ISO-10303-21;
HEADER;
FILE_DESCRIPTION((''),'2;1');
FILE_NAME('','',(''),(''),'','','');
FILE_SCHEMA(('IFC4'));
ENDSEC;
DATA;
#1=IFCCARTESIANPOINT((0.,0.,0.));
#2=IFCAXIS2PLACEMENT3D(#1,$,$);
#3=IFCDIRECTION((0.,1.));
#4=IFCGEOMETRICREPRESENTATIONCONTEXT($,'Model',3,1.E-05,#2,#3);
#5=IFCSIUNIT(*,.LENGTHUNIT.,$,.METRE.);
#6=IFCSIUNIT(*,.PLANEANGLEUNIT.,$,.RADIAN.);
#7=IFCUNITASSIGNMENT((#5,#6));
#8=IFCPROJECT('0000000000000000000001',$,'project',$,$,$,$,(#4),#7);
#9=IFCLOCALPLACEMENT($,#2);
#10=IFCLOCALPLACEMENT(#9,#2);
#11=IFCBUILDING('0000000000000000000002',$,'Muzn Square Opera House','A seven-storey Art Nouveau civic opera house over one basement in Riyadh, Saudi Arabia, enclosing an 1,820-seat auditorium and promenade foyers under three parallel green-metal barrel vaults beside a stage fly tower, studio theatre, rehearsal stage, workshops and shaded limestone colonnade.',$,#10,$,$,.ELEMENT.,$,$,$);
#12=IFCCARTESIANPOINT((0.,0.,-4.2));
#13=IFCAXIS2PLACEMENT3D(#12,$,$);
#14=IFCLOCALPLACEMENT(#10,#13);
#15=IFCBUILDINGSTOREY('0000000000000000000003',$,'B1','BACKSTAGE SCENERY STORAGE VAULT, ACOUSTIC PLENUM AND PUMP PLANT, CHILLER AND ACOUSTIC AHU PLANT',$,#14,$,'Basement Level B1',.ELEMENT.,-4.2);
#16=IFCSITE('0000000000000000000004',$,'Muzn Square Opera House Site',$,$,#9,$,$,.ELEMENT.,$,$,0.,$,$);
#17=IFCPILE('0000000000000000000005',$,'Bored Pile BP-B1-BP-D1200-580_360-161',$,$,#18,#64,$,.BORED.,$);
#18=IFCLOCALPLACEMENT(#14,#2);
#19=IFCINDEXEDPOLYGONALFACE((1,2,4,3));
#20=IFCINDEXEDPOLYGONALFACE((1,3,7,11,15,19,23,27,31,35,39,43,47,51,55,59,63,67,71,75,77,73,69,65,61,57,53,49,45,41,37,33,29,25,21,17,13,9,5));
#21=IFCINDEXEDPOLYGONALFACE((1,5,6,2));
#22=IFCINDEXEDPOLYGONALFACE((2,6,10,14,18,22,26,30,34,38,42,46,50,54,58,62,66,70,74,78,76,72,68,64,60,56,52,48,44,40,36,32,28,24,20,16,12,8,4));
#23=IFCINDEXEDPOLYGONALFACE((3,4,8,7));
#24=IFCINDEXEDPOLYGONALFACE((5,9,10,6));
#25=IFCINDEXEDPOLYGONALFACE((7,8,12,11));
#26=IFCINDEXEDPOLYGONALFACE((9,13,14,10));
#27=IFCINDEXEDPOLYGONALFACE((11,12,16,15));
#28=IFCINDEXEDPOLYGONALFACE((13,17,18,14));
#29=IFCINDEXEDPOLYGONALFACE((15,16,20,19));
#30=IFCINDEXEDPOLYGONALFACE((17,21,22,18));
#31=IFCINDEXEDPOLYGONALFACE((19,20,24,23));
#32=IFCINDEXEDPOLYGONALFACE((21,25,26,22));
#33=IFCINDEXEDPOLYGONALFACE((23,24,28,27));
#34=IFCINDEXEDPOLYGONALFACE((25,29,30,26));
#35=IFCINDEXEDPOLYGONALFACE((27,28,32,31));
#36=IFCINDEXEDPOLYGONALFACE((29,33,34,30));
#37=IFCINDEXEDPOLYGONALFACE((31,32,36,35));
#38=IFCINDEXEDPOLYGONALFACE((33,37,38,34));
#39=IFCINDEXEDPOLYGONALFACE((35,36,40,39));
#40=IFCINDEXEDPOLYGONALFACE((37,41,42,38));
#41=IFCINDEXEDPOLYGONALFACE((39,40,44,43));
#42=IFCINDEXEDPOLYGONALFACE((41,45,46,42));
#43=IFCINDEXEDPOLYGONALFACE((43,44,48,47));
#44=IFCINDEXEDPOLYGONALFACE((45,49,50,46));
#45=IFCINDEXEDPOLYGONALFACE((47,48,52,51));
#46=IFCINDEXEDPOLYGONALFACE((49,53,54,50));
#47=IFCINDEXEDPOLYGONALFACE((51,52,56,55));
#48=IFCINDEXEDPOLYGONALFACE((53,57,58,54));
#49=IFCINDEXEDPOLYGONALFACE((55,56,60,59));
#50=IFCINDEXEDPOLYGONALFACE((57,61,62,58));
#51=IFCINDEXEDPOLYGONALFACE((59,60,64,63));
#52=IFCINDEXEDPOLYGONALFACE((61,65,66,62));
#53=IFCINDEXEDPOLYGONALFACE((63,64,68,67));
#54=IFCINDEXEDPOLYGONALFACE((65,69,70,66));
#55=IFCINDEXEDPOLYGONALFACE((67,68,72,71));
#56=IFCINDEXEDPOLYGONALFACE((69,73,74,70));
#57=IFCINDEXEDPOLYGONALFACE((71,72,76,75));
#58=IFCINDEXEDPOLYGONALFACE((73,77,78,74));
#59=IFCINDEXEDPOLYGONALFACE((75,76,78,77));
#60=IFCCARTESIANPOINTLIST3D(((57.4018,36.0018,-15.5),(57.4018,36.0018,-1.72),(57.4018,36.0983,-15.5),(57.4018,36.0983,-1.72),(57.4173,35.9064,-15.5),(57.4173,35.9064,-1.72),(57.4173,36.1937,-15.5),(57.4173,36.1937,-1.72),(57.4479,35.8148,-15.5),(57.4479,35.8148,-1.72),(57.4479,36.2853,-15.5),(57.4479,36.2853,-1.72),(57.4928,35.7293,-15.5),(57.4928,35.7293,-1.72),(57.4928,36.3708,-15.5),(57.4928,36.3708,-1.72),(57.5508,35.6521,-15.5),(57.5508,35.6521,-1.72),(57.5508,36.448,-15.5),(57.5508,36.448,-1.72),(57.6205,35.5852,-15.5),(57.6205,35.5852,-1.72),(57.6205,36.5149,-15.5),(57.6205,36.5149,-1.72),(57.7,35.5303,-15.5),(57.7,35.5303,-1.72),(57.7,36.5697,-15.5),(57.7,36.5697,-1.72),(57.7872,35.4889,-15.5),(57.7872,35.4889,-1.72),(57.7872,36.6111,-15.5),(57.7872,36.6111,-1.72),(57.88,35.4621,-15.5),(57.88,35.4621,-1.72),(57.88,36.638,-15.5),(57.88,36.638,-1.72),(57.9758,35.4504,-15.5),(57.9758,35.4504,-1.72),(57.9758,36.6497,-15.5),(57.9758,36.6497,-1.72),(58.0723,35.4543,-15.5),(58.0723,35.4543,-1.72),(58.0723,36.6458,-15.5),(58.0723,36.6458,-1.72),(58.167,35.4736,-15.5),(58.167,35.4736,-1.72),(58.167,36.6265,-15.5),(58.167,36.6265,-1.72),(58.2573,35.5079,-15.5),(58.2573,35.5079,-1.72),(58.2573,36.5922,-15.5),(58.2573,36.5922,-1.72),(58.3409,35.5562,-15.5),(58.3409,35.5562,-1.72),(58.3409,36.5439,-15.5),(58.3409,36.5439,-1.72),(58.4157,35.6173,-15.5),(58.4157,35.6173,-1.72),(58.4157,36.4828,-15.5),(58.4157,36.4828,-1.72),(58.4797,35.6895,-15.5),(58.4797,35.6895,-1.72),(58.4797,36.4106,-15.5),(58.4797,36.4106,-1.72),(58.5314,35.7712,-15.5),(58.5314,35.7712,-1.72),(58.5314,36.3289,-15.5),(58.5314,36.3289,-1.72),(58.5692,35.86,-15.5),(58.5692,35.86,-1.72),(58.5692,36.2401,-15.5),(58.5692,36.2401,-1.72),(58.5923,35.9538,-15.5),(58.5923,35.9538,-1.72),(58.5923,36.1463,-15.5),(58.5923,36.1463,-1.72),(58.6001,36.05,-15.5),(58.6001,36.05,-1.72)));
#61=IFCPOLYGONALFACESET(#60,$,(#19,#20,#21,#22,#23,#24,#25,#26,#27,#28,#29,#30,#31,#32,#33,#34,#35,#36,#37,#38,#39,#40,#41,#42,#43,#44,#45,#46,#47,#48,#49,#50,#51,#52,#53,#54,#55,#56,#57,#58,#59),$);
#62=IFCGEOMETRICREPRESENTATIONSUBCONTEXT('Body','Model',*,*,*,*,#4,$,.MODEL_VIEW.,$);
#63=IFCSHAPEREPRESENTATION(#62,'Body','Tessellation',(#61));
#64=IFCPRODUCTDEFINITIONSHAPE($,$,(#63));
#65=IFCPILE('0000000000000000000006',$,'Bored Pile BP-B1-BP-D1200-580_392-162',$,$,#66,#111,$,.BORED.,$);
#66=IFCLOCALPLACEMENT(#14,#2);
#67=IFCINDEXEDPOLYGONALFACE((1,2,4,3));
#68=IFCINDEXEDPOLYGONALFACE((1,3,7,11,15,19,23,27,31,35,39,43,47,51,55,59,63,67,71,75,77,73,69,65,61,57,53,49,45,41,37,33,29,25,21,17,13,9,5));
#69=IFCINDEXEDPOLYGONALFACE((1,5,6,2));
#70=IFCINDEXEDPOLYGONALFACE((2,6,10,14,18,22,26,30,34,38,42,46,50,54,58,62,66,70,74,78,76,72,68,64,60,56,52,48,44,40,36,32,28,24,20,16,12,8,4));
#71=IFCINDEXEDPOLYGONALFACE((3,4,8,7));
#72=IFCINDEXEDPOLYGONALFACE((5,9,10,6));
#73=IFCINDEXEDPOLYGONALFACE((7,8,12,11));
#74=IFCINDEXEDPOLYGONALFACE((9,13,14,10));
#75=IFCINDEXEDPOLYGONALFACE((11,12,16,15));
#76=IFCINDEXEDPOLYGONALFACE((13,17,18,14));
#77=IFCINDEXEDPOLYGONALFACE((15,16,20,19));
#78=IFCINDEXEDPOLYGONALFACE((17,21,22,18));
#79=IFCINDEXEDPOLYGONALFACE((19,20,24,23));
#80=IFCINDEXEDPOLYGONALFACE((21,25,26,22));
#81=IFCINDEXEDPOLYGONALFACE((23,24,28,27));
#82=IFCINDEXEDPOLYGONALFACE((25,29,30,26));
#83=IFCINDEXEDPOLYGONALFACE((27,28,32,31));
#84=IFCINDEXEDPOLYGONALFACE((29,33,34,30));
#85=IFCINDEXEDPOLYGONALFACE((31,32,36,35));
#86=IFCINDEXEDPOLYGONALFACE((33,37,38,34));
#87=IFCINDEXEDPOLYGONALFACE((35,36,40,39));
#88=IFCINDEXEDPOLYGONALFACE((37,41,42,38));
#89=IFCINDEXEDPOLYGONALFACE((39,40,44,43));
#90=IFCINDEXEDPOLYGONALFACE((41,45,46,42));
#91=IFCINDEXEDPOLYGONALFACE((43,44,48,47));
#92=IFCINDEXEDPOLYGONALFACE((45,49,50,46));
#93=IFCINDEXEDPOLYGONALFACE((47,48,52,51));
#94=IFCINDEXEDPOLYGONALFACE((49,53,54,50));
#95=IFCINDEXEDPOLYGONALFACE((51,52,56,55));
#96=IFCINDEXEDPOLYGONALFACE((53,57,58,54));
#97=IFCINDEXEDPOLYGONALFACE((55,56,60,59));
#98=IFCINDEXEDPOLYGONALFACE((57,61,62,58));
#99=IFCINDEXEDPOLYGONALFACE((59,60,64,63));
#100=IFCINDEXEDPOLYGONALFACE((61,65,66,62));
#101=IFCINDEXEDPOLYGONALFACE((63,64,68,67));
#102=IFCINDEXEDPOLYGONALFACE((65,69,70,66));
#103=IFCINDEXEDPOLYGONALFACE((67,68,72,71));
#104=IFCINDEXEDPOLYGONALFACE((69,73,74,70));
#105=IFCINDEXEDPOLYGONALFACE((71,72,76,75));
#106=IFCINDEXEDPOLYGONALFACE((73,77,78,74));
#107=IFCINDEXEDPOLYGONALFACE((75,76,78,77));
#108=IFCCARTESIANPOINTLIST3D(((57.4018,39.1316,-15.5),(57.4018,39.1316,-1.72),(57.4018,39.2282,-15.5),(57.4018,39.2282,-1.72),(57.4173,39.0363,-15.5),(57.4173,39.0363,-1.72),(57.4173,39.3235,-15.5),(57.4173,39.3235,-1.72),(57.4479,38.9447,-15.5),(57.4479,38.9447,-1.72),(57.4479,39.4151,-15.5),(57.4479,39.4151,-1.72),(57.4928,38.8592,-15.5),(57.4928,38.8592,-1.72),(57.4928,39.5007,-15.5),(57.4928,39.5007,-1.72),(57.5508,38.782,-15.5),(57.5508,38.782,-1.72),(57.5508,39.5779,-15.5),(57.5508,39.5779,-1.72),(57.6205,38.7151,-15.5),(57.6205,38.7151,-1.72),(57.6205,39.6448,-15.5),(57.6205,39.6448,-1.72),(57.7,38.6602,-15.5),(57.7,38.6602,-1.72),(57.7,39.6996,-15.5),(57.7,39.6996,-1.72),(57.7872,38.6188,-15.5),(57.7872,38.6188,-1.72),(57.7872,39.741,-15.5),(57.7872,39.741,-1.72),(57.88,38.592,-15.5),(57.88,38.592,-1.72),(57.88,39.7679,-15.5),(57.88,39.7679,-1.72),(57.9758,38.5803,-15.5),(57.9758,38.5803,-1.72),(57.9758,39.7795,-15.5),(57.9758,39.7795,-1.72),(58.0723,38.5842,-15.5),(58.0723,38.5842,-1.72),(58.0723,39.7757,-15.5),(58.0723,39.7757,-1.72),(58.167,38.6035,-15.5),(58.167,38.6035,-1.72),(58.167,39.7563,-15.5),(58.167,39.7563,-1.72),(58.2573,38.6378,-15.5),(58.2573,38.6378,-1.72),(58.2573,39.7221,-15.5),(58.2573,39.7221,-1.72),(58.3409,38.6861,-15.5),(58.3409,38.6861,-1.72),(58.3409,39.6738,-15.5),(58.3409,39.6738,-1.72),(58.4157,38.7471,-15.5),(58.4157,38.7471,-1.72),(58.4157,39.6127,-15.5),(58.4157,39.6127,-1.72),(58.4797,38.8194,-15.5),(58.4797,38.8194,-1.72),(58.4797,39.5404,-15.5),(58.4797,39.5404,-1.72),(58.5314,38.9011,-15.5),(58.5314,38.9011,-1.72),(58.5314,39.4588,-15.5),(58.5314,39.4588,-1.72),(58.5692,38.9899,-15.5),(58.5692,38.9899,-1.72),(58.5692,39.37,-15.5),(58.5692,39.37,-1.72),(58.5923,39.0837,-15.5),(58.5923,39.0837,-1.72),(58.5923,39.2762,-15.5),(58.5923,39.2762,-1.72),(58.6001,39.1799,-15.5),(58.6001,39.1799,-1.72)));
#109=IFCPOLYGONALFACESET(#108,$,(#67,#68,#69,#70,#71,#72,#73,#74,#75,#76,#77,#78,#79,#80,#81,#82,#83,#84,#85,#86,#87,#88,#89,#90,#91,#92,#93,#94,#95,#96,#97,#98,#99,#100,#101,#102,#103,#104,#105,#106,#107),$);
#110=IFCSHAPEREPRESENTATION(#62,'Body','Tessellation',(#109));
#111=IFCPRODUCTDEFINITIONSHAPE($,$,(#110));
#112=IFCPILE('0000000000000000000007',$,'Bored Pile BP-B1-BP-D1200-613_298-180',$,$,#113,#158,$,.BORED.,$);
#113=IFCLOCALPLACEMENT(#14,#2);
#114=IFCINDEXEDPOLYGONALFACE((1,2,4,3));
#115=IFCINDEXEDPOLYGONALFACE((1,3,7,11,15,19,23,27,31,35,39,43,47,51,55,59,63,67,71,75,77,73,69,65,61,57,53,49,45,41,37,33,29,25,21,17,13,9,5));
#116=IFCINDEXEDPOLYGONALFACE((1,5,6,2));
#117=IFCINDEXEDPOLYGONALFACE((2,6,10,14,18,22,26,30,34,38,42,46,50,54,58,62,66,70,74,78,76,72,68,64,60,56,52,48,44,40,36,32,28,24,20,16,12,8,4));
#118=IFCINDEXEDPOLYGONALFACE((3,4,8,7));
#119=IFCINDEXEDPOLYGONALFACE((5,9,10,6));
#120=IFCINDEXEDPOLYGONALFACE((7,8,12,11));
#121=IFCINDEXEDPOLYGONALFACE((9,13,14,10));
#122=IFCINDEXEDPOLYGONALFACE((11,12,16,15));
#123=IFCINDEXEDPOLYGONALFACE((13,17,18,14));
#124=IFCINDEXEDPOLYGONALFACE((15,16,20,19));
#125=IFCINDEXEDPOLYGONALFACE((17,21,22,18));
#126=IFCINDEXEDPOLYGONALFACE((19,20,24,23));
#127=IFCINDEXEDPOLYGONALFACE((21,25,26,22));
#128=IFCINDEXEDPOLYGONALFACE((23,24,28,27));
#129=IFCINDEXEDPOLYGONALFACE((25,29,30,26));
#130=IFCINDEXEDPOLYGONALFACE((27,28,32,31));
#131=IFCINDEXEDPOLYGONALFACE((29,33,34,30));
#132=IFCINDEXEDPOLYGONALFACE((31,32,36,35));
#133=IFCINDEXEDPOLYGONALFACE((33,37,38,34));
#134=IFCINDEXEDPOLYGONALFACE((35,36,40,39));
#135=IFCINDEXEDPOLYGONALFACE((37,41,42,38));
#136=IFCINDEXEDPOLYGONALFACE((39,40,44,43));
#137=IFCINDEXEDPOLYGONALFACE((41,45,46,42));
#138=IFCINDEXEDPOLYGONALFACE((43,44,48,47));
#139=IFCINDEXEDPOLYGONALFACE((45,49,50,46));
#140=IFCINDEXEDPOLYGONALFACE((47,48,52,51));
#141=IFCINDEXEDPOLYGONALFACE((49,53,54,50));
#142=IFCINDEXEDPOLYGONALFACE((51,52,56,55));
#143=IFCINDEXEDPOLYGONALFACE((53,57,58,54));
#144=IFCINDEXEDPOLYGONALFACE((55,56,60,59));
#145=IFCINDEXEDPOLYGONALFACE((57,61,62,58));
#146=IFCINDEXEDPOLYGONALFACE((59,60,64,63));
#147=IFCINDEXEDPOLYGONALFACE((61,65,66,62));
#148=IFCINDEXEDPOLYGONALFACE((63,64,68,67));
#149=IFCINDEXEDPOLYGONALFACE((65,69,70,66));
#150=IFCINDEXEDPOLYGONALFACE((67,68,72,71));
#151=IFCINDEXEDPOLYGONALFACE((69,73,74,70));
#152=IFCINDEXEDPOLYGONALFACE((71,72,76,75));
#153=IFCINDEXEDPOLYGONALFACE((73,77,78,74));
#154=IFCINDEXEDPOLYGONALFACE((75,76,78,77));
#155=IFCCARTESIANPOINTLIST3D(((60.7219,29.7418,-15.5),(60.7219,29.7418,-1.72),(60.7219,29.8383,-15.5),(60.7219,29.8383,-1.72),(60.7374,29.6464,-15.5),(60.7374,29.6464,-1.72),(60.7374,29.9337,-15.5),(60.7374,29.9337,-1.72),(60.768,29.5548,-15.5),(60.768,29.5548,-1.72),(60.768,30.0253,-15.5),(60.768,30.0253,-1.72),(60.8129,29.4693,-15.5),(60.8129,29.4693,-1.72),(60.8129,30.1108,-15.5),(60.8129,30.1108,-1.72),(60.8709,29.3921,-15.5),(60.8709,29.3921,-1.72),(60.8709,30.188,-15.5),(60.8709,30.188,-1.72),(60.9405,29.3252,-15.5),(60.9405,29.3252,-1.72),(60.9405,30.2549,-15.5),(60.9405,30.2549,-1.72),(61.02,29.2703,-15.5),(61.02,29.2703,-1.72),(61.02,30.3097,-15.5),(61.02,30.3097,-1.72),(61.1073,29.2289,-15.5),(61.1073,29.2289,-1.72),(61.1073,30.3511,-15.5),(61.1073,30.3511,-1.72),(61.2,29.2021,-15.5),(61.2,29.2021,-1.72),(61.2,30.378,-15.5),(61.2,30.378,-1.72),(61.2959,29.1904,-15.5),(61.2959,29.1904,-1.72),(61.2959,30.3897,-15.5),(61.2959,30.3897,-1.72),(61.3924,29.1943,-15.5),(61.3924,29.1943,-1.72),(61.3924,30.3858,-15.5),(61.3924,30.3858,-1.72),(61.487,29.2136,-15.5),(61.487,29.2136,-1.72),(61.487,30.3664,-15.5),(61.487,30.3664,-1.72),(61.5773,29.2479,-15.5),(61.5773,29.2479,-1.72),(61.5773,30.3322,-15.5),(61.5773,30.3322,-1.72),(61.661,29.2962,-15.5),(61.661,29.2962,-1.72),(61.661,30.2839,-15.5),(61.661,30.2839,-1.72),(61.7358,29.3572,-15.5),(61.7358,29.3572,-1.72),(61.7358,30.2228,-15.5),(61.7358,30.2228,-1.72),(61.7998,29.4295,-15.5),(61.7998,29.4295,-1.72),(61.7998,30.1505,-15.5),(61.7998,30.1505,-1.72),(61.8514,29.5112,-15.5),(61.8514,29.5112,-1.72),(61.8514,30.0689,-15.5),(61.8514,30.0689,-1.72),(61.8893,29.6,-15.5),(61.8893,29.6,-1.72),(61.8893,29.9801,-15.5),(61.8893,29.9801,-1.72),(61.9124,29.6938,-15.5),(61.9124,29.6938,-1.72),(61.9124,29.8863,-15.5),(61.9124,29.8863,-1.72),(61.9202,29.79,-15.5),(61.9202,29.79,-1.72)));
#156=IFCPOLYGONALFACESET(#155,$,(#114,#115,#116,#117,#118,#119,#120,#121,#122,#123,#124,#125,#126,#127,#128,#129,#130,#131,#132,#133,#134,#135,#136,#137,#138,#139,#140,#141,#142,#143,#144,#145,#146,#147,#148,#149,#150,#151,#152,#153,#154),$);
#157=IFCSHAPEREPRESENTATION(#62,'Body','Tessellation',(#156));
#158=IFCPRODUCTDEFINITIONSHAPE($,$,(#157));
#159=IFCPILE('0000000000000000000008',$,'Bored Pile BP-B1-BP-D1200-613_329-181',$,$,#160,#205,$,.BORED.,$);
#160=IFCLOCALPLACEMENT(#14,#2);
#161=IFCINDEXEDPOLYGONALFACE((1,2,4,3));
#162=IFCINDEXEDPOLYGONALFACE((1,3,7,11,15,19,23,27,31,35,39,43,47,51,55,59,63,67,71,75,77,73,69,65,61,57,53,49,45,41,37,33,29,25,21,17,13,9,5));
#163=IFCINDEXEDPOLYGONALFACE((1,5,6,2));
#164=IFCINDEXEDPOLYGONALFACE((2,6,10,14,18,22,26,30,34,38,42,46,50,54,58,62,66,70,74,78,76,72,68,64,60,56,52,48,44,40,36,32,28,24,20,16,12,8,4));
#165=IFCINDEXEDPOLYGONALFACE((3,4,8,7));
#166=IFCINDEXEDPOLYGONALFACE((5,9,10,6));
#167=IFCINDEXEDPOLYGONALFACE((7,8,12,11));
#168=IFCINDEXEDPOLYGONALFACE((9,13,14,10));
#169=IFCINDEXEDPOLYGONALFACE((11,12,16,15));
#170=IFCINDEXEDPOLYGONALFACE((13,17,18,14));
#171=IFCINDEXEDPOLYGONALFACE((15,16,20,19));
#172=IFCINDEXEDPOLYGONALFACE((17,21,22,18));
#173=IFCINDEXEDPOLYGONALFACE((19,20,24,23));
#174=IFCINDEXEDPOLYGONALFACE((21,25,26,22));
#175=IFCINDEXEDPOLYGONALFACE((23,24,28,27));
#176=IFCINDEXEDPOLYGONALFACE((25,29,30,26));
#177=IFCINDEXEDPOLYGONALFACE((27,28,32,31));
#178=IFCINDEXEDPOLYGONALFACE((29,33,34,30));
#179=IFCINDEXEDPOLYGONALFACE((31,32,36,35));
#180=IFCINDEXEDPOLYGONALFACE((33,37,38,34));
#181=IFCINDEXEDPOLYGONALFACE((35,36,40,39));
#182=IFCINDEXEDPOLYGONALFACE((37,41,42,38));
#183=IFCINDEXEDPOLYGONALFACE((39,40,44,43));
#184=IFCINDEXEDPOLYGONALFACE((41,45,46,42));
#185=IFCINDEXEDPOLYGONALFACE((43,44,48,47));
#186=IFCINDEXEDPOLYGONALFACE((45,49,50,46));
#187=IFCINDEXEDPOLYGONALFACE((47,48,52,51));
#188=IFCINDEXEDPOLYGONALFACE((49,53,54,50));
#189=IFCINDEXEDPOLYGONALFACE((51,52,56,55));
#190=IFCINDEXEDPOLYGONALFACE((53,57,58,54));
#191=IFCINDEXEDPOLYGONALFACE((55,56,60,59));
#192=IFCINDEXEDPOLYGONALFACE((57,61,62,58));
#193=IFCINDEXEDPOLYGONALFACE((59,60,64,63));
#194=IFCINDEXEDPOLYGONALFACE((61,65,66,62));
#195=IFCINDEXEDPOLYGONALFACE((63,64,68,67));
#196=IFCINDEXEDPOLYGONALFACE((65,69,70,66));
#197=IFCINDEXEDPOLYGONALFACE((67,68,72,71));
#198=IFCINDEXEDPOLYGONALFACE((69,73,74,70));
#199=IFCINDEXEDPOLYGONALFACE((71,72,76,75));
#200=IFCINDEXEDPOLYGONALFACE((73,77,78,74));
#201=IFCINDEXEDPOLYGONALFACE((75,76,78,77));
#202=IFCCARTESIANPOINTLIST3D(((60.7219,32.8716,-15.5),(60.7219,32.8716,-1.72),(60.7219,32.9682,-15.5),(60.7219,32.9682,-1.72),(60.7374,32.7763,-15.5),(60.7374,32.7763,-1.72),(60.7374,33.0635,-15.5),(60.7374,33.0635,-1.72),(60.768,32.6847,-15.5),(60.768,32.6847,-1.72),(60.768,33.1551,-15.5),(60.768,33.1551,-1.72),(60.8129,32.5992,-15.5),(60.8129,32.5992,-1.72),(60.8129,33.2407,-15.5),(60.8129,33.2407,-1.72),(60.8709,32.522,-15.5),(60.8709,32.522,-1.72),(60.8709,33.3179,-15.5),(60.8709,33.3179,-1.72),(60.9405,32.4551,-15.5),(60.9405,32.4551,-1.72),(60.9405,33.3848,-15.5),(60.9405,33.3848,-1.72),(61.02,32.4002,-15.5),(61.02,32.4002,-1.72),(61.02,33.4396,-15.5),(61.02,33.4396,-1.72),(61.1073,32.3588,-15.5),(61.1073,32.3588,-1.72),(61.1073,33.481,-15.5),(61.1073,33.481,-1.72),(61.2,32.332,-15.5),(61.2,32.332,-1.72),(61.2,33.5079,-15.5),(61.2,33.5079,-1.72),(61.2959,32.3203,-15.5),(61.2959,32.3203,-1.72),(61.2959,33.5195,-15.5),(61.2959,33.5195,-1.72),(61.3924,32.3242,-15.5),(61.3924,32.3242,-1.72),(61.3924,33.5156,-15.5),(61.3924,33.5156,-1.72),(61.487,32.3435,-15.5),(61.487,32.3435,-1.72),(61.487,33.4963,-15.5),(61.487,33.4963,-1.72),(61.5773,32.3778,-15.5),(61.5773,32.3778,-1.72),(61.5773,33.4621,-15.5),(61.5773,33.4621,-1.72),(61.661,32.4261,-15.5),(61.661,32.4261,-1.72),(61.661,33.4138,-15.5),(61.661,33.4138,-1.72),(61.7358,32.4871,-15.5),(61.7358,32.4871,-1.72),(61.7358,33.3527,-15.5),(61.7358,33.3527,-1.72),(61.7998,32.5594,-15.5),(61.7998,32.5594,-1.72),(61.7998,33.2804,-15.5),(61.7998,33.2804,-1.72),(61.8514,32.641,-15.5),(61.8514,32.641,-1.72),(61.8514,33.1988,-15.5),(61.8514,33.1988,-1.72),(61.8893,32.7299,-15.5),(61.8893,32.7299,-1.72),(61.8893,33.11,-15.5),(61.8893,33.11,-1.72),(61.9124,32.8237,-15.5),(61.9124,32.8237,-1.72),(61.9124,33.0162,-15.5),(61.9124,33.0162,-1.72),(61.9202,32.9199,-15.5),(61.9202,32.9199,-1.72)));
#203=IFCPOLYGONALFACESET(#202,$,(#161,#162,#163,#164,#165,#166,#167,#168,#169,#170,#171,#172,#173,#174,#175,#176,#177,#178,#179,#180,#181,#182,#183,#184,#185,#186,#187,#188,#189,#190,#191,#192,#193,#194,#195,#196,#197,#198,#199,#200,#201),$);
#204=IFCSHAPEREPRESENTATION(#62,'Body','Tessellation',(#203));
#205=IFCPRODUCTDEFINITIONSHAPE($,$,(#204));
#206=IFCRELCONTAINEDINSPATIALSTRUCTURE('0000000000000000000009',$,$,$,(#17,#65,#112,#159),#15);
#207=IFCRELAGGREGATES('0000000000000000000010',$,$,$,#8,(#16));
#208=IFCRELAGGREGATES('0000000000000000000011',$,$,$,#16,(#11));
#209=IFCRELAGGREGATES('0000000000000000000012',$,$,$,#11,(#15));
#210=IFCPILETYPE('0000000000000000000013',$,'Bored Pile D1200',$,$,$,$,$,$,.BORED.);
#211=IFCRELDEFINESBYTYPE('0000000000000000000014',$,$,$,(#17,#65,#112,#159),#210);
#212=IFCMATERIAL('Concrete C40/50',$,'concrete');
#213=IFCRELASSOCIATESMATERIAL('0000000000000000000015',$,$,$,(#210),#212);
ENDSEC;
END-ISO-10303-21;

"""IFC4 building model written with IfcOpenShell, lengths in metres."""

from ifc_helpers import new_model, si_unit, direction, frame, origin, origin_2d, place, context, subcontext, project, spatial, circle, extrude, material, material_profile, profile_set, type_object, element, save


model = new_model("IFC4")

# Units and contexts
model_context = context("Model", 3, precision=1e-05, world=origin(), true_north=direction((0.0, 1.0)))
body_context = subcontext(model_context, "Body", "Model", "MODEL_VIEW")
ifc_project = project(units=[si_unit("LENGTHUNIT", "METRE"), si_unit("PLANEANGLEUNIT", "RADIAN")], contexts=[model_context])

# Site, building, storey
site_placement = place(None, origin())
site = spatial("IfcSite", under=ifc_project, at=site_placement, Name="Muzn Square Opera House Site", CompositionType="ELEMENT", RefElevation=0.0)
building_placement = place(site_placement, origin())
building = spatial("IfcBuilding", under=site, at=building_placement, Name="Muzn Square Opera House", Description="A seven-storey Art Nouveau civic opera house over one basement in Riyadh, Saudi Arabia, enclosing an 1,820-seat auditorium and promenade foyers under three parallel green-metal barrel vaults beside a stage fly tower, studio theatre, rehearsal stage, workshops and shaded limestone colonnade.", CompositionType="ELEMENT")
storey_placement = place(building_placement, frame((0.0, 0.0, -4.2)))
storey = spatial("IfcBuildingStorey", under=building, at=storey_placement, Name="B1", Description="BACKSTAGE SCENERY STORAGE VAULT, ACOUSTIC PLENUM AND PUMP PLANT, CHILLER AND ACOUSTIC AHU PLANT", LongName="Basement Level B1", CompositionType="ELEMENT", Elevation=-4.2)

# Piles
ifc_material_1 = material(Name="Concrete C40/50", Category="concrete")
ifc_material_profile_1 = material_profile(ifc_material_1, circle(Radius=0.6001, at=origin_2d()), Name="BORED PILE D1200", Category="concrete")
ifc_profile_set_1 = profile_set([ifc_material_profile_1], Name="Concrete C40/50")
pile_type = type_object("IfcPileType", Name="Bored Pile D1200", PredefinedType="BORED", material=ifc_profile_set_1)
for number, where, z_axis, x_axis, name in (
    (1, (58.0, 36.05, -1.72), (0.0, 0.0, -1.0), (1.0, 0.0, 0.0), "Bored Pile BP-B1-BP-D1200-580_360-161"),
    (2, (58.0, 39.1799, -1.72), (0.0, 0.0, -1.0), (1.0, 0.0, 0.0), "Bored Pile BP-B1-BP-D1200-580_392-162"),
    (3, (61.3201, 29.79, -1.72), (0.0, 0.0, -1.0), (1.0, 0.0, 0.0), "Bored Pile BP-B1-BP-D1200-613_298-180"),
    (4, (61.3201, 32.9199, -1.72), (0.0, 0.0, -1.0), (1.0, 0.0, 0.0), "Bored Pile BP-B1-BP-D1200-613_329-181"),
):
    element("IfcPile", number, at=place(storey_placement, frame(where, z_axis=z_axis, x_axis=x_axis)), inside=storey, type_object=pile_type, Name=name, PredefinedType="BORED", context=body_context, shape_type="SweptSolid", body=[
        extrude(circle(Radius=0.6001, at=origin_2d()), origin(), (0.0, 0.0, 1.0), 13.78),
    ])

save(model, "model.ifc")
